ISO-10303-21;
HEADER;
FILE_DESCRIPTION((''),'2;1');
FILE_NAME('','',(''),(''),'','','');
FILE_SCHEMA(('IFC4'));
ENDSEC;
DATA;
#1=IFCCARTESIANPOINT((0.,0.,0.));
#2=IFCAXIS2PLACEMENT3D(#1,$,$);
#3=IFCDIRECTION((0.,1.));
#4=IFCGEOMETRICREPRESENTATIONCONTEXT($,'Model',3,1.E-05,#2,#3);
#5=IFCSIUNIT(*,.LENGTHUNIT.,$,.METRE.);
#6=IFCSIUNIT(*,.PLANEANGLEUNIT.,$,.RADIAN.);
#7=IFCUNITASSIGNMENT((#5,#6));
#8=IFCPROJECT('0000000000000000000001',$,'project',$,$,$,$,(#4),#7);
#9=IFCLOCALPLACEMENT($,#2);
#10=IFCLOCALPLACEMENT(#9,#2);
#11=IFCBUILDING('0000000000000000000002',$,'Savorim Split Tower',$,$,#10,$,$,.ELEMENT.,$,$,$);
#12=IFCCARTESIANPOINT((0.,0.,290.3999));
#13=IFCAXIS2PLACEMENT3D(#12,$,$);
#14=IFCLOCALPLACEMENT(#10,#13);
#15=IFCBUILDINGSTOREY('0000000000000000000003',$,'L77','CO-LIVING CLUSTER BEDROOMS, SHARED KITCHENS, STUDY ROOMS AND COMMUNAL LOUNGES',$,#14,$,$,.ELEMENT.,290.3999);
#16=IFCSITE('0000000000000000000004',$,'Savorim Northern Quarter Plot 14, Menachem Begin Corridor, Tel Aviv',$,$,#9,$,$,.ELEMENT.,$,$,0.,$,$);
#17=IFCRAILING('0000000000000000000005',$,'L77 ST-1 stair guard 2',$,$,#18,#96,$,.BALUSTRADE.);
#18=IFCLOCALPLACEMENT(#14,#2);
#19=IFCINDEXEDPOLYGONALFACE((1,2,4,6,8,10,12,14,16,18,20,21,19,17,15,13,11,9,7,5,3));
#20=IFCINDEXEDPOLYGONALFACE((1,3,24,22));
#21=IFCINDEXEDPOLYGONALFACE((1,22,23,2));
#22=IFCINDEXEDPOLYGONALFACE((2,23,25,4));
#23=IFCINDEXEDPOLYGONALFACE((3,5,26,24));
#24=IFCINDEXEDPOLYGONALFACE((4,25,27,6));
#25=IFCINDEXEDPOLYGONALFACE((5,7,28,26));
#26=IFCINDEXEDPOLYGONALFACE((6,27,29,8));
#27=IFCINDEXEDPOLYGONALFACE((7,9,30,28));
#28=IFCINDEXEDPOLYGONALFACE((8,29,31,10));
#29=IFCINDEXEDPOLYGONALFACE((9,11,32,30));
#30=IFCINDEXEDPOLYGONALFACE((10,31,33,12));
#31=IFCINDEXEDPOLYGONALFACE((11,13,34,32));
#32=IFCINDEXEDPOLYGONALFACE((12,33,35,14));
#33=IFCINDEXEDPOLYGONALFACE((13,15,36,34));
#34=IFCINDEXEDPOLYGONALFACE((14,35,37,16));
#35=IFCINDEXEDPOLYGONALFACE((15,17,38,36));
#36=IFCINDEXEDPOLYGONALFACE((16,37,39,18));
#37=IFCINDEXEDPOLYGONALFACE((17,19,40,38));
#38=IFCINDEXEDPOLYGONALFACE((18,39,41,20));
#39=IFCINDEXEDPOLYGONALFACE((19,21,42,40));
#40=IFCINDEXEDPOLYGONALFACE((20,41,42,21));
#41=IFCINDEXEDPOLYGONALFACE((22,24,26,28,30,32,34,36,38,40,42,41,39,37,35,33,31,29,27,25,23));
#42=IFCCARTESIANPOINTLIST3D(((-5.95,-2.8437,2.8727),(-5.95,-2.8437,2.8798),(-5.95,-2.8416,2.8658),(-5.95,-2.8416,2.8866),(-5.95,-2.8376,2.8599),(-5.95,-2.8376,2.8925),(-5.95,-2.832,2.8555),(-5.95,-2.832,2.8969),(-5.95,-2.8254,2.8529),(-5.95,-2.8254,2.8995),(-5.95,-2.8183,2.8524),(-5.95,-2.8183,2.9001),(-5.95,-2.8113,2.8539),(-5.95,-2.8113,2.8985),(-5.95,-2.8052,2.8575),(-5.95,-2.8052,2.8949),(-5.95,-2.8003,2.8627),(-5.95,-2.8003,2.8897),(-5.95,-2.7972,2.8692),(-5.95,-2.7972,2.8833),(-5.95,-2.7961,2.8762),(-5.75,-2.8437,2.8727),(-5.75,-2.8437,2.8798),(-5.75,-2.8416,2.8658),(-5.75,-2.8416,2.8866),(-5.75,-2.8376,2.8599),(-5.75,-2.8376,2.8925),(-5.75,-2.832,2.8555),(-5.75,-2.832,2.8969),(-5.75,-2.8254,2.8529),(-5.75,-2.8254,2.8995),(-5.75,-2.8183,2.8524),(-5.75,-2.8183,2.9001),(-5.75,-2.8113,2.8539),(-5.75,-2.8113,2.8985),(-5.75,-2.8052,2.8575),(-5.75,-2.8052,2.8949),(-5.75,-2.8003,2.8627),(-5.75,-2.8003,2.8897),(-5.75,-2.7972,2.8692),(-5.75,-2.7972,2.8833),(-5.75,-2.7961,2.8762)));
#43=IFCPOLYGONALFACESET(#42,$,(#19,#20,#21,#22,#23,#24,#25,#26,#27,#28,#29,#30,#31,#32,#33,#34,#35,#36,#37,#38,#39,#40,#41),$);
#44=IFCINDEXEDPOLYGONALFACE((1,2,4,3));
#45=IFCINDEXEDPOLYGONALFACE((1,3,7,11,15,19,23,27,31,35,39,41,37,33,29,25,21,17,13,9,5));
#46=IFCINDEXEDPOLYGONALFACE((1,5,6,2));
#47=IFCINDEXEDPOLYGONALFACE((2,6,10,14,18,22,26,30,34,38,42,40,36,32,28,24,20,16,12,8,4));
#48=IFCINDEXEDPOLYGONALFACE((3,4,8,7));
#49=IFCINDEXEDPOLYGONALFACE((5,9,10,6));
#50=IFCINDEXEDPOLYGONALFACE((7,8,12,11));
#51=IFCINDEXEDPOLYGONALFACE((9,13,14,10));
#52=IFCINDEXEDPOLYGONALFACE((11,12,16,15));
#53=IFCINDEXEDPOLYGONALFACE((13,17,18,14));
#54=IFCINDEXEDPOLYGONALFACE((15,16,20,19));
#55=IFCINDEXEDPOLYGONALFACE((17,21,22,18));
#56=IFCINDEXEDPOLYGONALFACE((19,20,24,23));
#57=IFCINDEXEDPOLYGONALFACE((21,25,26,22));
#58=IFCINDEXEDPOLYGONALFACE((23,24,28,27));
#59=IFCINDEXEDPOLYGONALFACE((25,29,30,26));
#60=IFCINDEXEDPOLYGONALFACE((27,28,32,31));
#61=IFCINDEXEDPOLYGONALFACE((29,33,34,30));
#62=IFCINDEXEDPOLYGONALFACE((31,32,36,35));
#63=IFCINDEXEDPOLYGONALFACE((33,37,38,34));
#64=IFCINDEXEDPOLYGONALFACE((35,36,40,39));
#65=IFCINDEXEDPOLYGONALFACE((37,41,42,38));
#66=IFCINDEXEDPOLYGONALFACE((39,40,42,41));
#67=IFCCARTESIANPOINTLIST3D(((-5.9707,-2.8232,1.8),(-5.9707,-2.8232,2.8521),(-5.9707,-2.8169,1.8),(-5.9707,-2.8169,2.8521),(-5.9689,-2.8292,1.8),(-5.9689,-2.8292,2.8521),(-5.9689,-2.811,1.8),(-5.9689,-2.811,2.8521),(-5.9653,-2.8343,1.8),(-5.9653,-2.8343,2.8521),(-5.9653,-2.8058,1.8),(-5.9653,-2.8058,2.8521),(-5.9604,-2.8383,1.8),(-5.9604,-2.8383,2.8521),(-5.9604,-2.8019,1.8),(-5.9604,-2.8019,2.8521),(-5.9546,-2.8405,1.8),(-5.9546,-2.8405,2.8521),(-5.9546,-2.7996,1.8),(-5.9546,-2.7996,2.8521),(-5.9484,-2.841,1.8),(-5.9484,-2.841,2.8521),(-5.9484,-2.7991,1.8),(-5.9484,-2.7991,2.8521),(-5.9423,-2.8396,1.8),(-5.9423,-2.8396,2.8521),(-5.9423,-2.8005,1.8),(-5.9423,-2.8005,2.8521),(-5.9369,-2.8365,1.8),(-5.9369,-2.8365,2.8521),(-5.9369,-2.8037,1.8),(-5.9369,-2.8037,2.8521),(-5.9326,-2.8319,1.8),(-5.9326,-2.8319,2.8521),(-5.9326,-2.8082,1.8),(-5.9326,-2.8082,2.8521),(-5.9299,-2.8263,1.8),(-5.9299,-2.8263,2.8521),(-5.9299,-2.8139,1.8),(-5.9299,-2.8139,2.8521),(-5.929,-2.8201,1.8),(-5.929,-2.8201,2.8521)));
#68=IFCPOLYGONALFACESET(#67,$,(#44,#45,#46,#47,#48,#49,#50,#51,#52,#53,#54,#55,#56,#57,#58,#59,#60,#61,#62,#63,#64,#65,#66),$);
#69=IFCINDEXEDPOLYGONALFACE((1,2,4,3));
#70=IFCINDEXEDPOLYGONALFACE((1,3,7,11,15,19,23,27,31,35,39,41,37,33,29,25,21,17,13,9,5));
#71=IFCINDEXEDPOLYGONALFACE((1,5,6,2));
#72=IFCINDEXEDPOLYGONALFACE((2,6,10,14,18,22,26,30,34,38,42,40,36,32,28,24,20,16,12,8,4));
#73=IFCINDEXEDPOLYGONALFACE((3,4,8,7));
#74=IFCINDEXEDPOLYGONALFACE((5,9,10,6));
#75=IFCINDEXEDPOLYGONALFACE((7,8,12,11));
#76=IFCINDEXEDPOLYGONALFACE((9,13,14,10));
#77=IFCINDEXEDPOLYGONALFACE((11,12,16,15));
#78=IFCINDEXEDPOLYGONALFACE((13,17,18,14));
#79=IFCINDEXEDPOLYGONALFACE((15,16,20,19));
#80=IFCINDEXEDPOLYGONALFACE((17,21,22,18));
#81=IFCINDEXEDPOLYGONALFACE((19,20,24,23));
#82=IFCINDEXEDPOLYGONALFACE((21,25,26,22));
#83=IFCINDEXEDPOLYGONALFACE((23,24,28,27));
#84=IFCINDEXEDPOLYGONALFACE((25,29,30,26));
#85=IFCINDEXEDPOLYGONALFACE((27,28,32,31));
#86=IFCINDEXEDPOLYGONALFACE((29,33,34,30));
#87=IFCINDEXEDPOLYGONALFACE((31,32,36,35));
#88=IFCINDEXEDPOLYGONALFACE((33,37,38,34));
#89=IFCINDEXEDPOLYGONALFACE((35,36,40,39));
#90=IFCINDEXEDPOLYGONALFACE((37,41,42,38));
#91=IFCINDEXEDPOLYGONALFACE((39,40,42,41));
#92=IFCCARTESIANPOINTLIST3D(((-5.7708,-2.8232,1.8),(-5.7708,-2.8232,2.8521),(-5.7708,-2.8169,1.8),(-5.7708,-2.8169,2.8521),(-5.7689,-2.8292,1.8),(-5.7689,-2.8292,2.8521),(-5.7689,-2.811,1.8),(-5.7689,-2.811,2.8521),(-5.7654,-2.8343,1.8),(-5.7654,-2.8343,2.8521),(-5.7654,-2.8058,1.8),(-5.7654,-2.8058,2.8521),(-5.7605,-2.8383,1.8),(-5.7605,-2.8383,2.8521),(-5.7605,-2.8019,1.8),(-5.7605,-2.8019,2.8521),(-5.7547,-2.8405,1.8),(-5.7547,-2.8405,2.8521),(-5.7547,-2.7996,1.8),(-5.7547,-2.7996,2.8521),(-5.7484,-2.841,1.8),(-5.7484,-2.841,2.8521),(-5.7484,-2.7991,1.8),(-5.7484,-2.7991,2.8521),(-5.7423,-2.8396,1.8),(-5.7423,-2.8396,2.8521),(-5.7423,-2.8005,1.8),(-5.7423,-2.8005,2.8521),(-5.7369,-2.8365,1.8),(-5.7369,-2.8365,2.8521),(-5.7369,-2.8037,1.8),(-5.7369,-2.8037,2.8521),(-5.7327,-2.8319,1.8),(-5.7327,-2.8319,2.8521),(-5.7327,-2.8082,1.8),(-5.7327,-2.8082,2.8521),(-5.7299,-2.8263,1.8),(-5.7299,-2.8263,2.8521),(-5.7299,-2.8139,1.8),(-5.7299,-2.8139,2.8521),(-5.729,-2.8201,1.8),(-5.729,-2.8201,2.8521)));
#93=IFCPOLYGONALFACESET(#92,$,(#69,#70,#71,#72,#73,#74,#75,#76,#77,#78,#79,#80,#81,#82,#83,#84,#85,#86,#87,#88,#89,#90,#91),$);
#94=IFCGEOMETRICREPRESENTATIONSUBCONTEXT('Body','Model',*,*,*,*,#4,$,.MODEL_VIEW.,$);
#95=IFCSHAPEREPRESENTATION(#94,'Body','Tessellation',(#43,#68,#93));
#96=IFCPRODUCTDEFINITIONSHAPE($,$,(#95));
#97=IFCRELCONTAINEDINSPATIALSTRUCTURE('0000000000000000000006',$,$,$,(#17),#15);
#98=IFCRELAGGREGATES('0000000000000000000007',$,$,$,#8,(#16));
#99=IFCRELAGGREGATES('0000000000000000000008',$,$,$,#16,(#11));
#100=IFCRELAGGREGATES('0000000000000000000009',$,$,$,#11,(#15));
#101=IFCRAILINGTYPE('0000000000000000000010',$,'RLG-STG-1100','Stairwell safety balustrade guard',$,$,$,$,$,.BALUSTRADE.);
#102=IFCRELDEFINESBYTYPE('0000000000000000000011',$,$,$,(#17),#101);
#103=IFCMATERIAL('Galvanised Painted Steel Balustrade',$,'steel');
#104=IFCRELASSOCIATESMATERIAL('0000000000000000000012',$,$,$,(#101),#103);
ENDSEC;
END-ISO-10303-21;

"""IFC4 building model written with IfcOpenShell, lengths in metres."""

from ifc_helpers import new_model, si_unit, direction, frame, origin, origin_2d, place, context, subcontext, project, spatial, circle, extrude, material, type_object, element, save


model = new_model("IFC4")

# Units and contexts
model_context = context("Model", 3, precision=1e-05, world=origin(), true_north=direction((0.0, 1.0)))
body_context = subcontext(model_context, "Body", "Model", "MODEL_VIEW")
ifc_project = project(units=[si_unit("LENGTHUNIT", "METRE"), si_unit("PLANEANGLEUNIT", "RADIAN")], contexts=[model_context])

# Site, building, storey
site_placement = place(None, origin())
site = spatial("IfcSite", under=ifc_project, at=site_placement, Name="Savorim Northern Quarter Plot 14, Menachem Begin Corridor, Tel Aviv", CompositionType="ELEMENT", RefElevation=0.0)
building_placement = place(site_placement, origin())
building = spatial("IfcBuilding", under=site, at=building_placement, Name="Savorim Split Tower", CompositionType="ELEMENT")
storey_placement = place(building_placement, frame((0.0, 0.0, 290.3999)))
storey = spatial("IfcBuildingStorey", under=building, at=storey_placement, Name="L77", Description="CO-LIVING CLUSTER BEDROOMS, SHARED KITCHENS, STUDY ROOMS AND COMMUNAL LOUNGES", CompositionType="ELEMENT", Elevation=290.3999)

# Railing
ifc_material_1 = material(Name="Galvanised Painted Steel Balustrade", Category="steel")
railing_type_1 = type_object("IfcRailingType", Name="RLG-STG-1100", Description="Stairwell safety balustrade guard", PredefinedType="BALUSTRADE", material=ifc_material_1)
railing_1_placement = place(storey_placement, frame((-5.95, -2.8201, 1.8)))
element("IfcRailing", 1, at=railing_1_placement, inside=storey, type_object=railing_type_1, Name="L77 ST-1 stair guard 2", PredefinedType="BALUSTRADE", context=body_context, shape_type="SweptSolid", body=[
    extrude(circle(Radius=0.0239, at=origin_2d()), frame((0.0, 0.0, 1.0762), z_axis=(1.0, 0.0, 0.0), x_axis=(0.0, 1.0, 0.0)), (0.0, 0.0, 1.0), 0.2),
    extrude(circle(Radius=0.021, at=origin_2d()), origin(), (0.0, 0.0, 1.0), 1.052),
    extrude(circle(Radius=0.021, at=origin_2d()), frame((0.2, 0.0, 0.0)), (0.0, 0.0, 1.0), 1.052),
])

save(model, "model.ifc")
